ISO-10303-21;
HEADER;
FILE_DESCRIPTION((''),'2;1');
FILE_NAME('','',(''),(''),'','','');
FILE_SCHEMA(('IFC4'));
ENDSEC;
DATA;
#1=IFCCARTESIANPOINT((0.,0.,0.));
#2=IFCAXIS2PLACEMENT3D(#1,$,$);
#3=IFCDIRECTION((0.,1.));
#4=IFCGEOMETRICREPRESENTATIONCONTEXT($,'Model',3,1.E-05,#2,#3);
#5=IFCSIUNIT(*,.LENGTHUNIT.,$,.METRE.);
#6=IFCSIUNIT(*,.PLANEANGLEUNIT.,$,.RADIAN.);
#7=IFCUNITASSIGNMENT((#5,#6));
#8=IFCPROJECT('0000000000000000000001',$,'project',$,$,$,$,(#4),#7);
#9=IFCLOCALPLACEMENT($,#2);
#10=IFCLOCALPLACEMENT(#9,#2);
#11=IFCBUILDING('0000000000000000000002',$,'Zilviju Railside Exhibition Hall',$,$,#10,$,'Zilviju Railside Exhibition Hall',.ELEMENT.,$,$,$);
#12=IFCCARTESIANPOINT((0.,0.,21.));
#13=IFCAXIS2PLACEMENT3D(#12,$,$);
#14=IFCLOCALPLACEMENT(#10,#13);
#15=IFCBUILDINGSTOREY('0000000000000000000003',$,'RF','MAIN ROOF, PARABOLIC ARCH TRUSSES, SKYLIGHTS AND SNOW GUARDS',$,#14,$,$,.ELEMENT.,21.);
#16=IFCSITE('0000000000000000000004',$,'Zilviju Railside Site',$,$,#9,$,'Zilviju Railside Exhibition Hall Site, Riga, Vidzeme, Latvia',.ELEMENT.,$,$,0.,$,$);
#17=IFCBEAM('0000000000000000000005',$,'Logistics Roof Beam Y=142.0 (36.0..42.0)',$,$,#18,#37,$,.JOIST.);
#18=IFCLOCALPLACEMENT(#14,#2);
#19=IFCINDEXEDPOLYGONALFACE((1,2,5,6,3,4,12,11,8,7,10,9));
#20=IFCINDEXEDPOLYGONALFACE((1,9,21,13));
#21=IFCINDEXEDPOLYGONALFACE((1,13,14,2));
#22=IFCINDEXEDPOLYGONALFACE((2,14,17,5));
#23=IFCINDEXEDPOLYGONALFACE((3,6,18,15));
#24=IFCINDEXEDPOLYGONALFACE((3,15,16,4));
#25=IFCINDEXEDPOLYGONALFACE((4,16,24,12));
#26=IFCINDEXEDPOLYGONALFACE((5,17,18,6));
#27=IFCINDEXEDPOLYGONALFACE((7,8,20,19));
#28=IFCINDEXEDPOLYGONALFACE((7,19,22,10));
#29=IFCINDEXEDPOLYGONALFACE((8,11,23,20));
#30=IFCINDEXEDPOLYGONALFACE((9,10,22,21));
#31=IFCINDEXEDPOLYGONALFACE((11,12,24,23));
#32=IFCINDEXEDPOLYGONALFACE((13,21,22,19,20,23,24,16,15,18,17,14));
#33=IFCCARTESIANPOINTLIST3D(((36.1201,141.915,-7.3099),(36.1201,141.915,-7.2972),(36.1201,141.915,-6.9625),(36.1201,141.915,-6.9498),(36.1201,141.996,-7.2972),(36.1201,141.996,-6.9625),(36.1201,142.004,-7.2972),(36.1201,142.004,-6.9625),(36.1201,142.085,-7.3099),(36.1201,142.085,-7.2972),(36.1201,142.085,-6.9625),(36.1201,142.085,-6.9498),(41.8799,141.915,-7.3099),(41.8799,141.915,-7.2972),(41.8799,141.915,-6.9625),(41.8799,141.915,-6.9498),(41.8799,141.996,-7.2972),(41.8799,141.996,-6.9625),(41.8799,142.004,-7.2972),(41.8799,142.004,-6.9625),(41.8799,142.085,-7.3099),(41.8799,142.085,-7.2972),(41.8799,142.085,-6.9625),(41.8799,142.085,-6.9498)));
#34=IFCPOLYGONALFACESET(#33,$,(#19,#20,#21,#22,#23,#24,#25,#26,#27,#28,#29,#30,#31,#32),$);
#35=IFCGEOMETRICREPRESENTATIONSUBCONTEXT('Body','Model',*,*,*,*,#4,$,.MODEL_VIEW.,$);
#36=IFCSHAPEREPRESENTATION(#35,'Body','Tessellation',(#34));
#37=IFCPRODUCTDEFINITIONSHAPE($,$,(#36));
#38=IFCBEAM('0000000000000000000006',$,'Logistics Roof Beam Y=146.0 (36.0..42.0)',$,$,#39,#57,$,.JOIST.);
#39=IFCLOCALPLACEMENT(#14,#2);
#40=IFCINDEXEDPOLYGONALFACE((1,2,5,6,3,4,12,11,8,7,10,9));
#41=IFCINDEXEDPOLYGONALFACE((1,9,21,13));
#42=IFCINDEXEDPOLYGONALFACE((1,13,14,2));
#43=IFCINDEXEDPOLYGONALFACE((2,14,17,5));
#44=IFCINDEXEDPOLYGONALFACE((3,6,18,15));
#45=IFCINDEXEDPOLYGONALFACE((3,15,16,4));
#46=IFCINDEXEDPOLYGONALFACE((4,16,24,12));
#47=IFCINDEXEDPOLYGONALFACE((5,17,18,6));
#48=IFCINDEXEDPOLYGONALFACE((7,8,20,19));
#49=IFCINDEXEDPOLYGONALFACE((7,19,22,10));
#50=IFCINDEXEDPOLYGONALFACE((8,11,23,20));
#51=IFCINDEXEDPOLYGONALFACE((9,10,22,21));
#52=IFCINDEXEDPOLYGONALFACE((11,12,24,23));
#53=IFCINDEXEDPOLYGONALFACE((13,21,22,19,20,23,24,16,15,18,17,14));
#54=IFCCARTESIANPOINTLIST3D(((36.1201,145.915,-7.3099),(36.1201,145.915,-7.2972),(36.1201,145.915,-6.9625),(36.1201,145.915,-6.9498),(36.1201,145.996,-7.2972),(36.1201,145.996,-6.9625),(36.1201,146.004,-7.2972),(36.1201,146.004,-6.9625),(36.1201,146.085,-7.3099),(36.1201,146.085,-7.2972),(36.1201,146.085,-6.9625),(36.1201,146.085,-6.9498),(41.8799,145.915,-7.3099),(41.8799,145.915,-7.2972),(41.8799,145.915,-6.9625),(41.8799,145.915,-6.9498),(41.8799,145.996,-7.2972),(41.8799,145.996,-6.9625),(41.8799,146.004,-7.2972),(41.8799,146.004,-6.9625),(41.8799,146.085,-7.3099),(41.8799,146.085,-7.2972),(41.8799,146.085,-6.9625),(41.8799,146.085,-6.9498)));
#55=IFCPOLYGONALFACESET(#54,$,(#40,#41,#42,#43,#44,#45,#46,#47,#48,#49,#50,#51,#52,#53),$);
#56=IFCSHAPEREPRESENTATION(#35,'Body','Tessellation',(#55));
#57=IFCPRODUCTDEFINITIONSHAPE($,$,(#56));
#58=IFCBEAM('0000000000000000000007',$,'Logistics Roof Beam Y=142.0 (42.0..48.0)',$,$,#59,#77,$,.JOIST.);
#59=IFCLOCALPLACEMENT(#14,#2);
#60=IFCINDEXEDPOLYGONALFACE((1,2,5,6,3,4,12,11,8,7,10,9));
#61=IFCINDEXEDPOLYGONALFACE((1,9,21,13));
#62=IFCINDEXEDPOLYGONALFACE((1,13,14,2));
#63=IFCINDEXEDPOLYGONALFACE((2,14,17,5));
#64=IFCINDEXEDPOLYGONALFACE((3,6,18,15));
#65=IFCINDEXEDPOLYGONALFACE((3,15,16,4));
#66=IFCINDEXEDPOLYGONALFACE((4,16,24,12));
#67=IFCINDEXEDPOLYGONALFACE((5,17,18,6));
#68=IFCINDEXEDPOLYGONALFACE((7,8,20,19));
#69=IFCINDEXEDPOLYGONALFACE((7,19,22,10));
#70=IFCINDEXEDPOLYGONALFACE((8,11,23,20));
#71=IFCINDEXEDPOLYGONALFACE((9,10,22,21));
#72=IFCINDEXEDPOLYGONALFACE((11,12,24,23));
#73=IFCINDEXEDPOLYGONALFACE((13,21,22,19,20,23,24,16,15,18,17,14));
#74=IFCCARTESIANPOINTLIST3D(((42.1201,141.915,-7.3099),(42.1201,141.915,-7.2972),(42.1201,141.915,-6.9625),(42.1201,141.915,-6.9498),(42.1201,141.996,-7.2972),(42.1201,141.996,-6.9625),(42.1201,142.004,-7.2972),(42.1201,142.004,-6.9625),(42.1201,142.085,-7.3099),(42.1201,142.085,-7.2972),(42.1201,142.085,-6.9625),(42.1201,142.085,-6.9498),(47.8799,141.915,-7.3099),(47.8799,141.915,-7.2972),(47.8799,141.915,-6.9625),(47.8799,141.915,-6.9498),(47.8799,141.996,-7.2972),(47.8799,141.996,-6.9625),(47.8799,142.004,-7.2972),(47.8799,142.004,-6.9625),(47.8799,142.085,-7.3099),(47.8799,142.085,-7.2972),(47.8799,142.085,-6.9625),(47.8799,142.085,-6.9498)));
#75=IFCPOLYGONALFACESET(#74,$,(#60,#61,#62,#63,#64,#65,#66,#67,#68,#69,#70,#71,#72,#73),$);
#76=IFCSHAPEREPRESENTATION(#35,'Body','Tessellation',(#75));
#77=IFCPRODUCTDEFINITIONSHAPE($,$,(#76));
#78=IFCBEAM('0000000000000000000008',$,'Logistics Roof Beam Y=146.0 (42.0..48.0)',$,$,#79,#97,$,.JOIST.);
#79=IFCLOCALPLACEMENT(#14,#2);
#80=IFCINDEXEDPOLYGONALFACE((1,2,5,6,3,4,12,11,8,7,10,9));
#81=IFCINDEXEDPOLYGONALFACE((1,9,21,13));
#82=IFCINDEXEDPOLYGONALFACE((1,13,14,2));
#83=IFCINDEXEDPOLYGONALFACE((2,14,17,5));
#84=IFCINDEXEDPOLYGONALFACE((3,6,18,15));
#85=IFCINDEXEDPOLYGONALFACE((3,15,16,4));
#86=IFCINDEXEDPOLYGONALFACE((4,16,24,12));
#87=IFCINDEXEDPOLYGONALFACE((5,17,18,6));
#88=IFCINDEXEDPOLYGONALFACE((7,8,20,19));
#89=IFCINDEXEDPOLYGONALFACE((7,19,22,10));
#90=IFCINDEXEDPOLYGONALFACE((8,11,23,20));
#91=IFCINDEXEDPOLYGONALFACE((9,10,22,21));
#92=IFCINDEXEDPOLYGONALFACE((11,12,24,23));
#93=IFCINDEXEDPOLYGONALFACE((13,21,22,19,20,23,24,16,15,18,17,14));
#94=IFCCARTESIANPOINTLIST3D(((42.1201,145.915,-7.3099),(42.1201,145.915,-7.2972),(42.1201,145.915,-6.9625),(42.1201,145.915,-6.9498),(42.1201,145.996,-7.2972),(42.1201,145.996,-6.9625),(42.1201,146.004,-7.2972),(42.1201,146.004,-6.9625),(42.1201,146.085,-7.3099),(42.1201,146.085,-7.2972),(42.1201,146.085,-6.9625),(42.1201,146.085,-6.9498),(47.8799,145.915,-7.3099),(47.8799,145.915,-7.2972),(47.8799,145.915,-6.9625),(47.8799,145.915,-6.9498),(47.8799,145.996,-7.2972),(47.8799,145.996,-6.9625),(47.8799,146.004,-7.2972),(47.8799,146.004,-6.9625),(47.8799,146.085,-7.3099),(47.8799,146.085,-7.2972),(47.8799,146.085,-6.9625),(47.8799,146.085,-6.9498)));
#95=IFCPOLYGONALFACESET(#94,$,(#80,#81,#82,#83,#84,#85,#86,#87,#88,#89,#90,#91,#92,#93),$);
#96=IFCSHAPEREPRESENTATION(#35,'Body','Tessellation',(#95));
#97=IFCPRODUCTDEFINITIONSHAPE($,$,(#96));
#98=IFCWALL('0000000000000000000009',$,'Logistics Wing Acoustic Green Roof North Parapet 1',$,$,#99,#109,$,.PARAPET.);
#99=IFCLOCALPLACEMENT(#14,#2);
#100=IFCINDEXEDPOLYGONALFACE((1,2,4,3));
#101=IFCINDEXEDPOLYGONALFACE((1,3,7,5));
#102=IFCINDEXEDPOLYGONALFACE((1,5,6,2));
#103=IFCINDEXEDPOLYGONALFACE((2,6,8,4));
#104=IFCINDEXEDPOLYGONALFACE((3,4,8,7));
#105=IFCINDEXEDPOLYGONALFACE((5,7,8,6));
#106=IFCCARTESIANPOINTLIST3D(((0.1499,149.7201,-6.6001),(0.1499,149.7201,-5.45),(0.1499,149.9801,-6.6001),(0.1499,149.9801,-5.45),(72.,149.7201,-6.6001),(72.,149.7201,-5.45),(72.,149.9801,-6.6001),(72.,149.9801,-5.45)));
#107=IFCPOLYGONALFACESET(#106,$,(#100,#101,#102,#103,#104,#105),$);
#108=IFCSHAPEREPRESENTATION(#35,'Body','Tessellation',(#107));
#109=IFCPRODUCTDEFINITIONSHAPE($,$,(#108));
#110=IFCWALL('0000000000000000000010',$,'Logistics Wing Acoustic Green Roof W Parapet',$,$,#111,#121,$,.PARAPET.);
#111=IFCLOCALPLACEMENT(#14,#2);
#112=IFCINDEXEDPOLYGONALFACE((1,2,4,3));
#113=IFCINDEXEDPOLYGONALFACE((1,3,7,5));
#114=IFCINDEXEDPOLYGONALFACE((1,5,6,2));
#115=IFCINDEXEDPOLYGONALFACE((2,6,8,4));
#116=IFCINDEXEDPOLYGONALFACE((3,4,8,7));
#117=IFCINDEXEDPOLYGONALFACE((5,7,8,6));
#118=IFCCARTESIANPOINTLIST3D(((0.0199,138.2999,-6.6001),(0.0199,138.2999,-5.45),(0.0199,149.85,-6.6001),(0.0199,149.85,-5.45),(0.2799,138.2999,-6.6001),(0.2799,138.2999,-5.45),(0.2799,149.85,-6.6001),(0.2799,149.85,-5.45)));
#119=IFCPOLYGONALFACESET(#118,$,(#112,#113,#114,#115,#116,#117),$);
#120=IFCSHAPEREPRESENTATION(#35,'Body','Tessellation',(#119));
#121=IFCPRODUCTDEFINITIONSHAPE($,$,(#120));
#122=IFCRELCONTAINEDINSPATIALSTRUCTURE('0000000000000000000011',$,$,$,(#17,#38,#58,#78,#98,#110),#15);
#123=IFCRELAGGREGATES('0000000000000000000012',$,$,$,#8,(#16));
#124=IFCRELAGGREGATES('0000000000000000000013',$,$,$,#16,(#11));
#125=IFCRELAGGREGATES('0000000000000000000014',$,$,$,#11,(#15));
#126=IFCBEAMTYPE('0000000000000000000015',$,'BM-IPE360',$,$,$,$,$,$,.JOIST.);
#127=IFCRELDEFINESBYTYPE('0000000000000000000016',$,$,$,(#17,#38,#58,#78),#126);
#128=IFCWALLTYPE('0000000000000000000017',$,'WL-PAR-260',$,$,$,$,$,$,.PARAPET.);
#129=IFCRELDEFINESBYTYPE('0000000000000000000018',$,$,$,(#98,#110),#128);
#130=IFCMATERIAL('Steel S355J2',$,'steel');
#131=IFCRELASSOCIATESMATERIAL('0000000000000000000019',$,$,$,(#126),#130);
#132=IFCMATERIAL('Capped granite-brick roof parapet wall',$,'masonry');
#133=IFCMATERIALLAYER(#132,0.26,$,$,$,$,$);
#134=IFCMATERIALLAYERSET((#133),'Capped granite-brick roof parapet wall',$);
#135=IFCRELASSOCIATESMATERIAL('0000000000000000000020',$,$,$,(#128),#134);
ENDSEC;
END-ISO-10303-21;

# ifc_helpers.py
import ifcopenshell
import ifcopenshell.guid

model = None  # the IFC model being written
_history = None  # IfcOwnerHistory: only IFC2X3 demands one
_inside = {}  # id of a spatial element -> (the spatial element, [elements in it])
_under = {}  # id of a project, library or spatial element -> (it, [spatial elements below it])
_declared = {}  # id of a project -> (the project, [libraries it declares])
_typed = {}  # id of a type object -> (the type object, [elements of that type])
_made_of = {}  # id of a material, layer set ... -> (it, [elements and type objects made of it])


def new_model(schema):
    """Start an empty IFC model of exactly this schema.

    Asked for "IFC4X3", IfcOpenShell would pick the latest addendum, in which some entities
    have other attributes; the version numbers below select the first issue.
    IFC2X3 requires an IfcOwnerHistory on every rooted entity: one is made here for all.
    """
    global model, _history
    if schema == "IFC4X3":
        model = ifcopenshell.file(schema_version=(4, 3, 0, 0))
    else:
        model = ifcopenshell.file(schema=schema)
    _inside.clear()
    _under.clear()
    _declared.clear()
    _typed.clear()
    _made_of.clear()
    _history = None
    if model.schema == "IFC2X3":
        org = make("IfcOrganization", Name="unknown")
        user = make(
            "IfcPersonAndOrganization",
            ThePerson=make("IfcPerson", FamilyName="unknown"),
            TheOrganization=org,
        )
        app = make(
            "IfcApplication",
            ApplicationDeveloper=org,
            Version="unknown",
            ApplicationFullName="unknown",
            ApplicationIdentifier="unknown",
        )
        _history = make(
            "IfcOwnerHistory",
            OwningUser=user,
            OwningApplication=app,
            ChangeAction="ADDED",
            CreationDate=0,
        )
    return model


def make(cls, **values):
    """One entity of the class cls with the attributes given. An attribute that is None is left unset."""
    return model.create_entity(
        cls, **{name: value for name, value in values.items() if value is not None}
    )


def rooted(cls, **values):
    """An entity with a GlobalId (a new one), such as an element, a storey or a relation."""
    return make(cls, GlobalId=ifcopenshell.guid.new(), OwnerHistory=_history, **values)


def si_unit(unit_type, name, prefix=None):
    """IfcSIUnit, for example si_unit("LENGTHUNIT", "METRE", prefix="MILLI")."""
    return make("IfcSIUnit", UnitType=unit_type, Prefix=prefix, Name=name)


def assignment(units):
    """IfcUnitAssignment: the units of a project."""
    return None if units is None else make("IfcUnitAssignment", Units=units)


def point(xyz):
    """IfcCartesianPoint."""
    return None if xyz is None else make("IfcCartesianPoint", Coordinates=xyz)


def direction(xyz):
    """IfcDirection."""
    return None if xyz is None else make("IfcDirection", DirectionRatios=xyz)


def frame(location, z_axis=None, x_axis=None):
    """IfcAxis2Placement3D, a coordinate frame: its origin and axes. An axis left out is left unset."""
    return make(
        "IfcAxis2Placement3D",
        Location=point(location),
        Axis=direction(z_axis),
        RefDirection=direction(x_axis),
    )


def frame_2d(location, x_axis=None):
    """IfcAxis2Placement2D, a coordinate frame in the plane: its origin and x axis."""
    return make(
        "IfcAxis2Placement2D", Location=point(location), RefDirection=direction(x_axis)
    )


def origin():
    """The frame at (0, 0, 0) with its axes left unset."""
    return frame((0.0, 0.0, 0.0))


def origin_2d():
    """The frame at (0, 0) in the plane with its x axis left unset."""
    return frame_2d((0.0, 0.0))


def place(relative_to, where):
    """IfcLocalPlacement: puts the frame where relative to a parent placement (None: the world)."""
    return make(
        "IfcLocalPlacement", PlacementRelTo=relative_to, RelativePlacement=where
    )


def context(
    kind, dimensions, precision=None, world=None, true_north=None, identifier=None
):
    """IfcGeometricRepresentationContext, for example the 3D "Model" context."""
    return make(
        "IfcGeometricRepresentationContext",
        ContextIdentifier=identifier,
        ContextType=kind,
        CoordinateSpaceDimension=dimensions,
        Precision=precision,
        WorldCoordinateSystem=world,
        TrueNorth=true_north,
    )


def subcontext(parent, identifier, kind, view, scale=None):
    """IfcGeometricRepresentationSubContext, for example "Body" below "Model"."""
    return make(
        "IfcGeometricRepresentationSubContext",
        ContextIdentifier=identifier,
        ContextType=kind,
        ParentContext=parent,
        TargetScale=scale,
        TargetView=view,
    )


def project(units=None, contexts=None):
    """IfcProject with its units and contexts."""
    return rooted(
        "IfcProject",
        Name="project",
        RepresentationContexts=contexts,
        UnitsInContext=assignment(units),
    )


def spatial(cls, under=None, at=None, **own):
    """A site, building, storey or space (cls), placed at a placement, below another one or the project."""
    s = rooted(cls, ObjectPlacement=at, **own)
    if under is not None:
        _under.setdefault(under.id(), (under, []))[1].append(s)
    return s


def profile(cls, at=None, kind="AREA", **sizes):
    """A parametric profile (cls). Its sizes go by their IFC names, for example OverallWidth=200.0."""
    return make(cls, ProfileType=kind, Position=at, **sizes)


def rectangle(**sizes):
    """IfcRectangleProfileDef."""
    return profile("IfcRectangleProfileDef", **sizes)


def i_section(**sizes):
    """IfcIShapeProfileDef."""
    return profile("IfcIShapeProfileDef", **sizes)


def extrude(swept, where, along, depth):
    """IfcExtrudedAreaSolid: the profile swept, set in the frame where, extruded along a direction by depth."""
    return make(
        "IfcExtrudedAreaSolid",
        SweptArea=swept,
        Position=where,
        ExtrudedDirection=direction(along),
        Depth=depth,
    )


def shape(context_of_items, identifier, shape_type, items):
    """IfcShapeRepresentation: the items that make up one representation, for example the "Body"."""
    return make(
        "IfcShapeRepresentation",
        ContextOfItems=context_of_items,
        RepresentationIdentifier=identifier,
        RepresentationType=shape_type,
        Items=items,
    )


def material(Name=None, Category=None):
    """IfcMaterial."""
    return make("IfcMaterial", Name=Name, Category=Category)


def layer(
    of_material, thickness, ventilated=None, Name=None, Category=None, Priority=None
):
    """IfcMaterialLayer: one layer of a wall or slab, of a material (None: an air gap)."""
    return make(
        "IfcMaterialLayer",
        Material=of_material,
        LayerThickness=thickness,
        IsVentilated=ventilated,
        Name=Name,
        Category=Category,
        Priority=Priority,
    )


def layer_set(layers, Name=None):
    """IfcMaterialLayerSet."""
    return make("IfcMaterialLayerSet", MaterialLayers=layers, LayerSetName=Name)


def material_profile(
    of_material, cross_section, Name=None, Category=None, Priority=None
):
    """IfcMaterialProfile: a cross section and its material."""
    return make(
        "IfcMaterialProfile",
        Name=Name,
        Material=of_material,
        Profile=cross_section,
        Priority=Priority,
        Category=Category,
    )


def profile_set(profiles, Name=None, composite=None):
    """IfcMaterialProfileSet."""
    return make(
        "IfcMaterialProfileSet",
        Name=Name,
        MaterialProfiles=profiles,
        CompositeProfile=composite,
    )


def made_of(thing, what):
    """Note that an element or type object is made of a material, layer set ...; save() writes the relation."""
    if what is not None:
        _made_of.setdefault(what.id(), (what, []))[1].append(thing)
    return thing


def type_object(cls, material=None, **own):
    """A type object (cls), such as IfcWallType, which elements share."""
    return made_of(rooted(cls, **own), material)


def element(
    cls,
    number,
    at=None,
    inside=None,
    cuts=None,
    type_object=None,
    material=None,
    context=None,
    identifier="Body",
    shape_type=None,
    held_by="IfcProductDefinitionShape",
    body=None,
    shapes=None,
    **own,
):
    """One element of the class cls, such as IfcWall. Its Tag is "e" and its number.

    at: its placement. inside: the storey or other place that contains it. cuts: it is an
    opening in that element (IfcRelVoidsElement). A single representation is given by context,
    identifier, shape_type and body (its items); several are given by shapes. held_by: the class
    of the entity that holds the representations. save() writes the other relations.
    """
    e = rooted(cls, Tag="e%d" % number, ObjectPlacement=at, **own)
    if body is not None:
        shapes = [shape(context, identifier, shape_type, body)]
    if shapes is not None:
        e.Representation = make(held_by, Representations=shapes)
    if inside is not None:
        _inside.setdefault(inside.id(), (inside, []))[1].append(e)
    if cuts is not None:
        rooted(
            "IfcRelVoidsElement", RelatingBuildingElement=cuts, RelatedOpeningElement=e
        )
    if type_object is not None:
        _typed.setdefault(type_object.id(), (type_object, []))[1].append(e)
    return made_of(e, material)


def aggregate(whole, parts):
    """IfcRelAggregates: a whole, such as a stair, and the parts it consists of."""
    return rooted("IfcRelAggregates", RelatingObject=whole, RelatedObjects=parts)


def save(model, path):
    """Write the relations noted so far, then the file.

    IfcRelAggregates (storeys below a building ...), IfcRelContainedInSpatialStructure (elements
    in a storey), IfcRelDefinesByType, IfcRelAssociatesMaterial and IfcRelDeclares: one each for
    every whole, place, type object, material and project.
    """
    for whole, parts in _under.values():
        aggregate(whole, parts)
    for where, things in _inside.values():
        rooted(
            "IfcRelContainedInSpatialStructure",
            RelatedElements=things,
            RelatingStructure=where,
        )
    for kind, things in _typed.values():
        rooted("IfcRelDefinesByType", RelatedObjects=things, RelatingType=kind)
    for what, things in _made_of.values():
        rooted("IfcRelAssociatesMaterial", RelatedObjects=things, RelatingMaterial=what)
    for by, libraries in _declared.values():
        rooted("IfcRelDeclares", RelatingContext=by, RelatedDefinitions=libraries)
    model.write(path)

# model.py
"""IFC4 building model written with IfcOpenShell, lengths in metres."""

from ifc_helpers import new_model, si_unit, direction, frame, frame_2d, origin, origin_2d, place, context, subcontext, project, spatial, rectangle, i_section, extrude, material, layer, layer_set, material_profile, profile_set, type_object, element, save


model = new_model("IFC4")

# Units and contexts
model_context = context("Model", 3, precision=1e-05, world=origin(), true_north=direction((0.0, 1.0)))
body_context = subcontext(model_context, "Body", "Model", "MODEL_VIEW")
ifc_project = project(units=[si_unit("LENGTHUNIT", "METRE"), si_unit("PLANEANGLEUNIT", "RADIAN")], contexts=[model_context])

# Site, building, storey
site_placement = place(None, origin())
site = spatial("IfcSite", under=ifc_project, at=site_placement, Name="Zilviju Railside Site", LongName="Zilviju Railside Exhibition Hall Site, Riga, Vidzeme, Latvia", CompositionType="ELEMENT", RefElevation=0.0)
building_placement = place(site_placement, origin())
building = spatial("IfcBuilding", under=site, at=building_placement, Name="Zilviju Railside Exhibition Hall", LongName="Zilviju Railside Exhibition Hall", CompositionType="ELEMENT")
storey_placement = place(building_placement, frame((0.0, 0.0, 21.0)))
storey = spatial("IfcBuildingStorey", under=building, at=storey_placement, Name="RF", Description="MAIN ROOF, PARABOLIC ARCH TRUSSES, SKYLIGHTS AND SNOW GUARDS", CompositionType="ELEMENT", Elevation=21.0)

# Beams
ifc_material_1 = material(Name="Steel S355J2", Category="steel")
ifc_material_profile_1 = material_profile(ifc_material_1, i_section(OverallWidth=0.1699, OverallDepth=0.3601, WebThickness=0.0081, FlangeThickness=0.0127, at=origin_2d()), Name="IPE 360")
ifc_profile_set_1 = profile_set([ifc_material_profile_1], Name="Steel S355J2")
beam_type_1 = type_object("IfcBeamType", Name="BM-IPE360", PredefinedType="JOIST", material=ifc_profile_set_1)
for number, where, z_axis, x_axis, name in (
    (1, (36.1201, 142.0, -7.1299), (1.0, 0.0, 0.0), (0.0, 1.0, 0.0), "Logistics Roof Beam Y=142.0 (36.0..42.0)"),
    (2, (36.1201, 146.0, -7.1299), (1.0, 0.0, 0.0), (0.0, 1.0, 0.0), "Logistics Roof Beam Y=146.0 (36.0..42.0)"),
    (3, (42.1201, 142.0, -7.1299), (1.0, 0.0, 0.0), (0.0, 1.0, 0.0), "Logistics Roof Beam Y=142.0 (42.0..48.0)"),
    (4, (42.1201, 146.0, -7.1299), (1.0, 0.0, 0.0), (0.0, 1.0, 0.0), "Logistics Roof Beam Y=146.0 (42.0..48.0)"),
):
    element("IfcBeam", number, at=place(storey_placement, frame(where, z_axis=z_axis, x_axis=x_axis)), inside=storey, type_object=beam_type_1, Name=name, PredefinedType="JOIST", context=body_context, shape_type="SweptSolid", body=[
        extrude(i_section(OverallWidth=0.1699, OverallDepth=0.3601, WebThickness=0.0081, FlangeThickness=0.0127, at=origin_2d()), origin(), (0.0, 0.0, 1.0), 5.7598),
    ])

# Walls
ifc_material_2 = material(Name="Capped granite-brick roof parapet wall", Category="masonry")
ifc_layer = layer(ifc_material_2, 0.26)
ifc_layer_set = layer_set([ifc_layer], Name="Capped granite-brick roof parapet wall")
wall_type = type_object("IfcWallType", Name="WL-PAR-260", PredefinedType="PARAPET", material=ifc_layer_set)
wall_1_placement = place(storey_placement, frame((0.1499, 149.8501, -6.6001), z_axis=(0.0, 0.0, 1.0), x_axis=(1.0, 0.0, 0.0)))
element("IfcWall", 5, at=wall_1_placement, inside=storey, type_object=wall_type, Name="Logistics Wing Acoustic Green Roof North Parapet 1", PredefinedType="PARAPET", context=body_context, shape_type="SweptSolid", body=[
    extrude(rectangle(XDim=71.8501, YDim=0.26, at=frame_2d((35.925, 0.0))), origin(), (0.0, 0.0, 1.0), 1.1501),
])
wall_2_placement = place(storey_placement, frame((0.1499, 138.3, -6.6001), z_axis=(0.0, 0.0, 1.0), x_axis=(0.0, 1.0, 0.0)))
element("IfcWall", 6, at=wall_2_placement, inside=storey, type_object=wall_type, Name="Logistics Wing Acoustic Green Roof W Parapet", PredefinedType="PARAPET", context=body_context, shape_type="SweptSolid", body=[
    extrude(rectangle(XDim=11.55, YDim=0.26, at=frame_2d((5.7749, 0.0))), origin(), (0.0, 0.0, 1.0), 1.1501),
])

save(model, "model.ifc")
